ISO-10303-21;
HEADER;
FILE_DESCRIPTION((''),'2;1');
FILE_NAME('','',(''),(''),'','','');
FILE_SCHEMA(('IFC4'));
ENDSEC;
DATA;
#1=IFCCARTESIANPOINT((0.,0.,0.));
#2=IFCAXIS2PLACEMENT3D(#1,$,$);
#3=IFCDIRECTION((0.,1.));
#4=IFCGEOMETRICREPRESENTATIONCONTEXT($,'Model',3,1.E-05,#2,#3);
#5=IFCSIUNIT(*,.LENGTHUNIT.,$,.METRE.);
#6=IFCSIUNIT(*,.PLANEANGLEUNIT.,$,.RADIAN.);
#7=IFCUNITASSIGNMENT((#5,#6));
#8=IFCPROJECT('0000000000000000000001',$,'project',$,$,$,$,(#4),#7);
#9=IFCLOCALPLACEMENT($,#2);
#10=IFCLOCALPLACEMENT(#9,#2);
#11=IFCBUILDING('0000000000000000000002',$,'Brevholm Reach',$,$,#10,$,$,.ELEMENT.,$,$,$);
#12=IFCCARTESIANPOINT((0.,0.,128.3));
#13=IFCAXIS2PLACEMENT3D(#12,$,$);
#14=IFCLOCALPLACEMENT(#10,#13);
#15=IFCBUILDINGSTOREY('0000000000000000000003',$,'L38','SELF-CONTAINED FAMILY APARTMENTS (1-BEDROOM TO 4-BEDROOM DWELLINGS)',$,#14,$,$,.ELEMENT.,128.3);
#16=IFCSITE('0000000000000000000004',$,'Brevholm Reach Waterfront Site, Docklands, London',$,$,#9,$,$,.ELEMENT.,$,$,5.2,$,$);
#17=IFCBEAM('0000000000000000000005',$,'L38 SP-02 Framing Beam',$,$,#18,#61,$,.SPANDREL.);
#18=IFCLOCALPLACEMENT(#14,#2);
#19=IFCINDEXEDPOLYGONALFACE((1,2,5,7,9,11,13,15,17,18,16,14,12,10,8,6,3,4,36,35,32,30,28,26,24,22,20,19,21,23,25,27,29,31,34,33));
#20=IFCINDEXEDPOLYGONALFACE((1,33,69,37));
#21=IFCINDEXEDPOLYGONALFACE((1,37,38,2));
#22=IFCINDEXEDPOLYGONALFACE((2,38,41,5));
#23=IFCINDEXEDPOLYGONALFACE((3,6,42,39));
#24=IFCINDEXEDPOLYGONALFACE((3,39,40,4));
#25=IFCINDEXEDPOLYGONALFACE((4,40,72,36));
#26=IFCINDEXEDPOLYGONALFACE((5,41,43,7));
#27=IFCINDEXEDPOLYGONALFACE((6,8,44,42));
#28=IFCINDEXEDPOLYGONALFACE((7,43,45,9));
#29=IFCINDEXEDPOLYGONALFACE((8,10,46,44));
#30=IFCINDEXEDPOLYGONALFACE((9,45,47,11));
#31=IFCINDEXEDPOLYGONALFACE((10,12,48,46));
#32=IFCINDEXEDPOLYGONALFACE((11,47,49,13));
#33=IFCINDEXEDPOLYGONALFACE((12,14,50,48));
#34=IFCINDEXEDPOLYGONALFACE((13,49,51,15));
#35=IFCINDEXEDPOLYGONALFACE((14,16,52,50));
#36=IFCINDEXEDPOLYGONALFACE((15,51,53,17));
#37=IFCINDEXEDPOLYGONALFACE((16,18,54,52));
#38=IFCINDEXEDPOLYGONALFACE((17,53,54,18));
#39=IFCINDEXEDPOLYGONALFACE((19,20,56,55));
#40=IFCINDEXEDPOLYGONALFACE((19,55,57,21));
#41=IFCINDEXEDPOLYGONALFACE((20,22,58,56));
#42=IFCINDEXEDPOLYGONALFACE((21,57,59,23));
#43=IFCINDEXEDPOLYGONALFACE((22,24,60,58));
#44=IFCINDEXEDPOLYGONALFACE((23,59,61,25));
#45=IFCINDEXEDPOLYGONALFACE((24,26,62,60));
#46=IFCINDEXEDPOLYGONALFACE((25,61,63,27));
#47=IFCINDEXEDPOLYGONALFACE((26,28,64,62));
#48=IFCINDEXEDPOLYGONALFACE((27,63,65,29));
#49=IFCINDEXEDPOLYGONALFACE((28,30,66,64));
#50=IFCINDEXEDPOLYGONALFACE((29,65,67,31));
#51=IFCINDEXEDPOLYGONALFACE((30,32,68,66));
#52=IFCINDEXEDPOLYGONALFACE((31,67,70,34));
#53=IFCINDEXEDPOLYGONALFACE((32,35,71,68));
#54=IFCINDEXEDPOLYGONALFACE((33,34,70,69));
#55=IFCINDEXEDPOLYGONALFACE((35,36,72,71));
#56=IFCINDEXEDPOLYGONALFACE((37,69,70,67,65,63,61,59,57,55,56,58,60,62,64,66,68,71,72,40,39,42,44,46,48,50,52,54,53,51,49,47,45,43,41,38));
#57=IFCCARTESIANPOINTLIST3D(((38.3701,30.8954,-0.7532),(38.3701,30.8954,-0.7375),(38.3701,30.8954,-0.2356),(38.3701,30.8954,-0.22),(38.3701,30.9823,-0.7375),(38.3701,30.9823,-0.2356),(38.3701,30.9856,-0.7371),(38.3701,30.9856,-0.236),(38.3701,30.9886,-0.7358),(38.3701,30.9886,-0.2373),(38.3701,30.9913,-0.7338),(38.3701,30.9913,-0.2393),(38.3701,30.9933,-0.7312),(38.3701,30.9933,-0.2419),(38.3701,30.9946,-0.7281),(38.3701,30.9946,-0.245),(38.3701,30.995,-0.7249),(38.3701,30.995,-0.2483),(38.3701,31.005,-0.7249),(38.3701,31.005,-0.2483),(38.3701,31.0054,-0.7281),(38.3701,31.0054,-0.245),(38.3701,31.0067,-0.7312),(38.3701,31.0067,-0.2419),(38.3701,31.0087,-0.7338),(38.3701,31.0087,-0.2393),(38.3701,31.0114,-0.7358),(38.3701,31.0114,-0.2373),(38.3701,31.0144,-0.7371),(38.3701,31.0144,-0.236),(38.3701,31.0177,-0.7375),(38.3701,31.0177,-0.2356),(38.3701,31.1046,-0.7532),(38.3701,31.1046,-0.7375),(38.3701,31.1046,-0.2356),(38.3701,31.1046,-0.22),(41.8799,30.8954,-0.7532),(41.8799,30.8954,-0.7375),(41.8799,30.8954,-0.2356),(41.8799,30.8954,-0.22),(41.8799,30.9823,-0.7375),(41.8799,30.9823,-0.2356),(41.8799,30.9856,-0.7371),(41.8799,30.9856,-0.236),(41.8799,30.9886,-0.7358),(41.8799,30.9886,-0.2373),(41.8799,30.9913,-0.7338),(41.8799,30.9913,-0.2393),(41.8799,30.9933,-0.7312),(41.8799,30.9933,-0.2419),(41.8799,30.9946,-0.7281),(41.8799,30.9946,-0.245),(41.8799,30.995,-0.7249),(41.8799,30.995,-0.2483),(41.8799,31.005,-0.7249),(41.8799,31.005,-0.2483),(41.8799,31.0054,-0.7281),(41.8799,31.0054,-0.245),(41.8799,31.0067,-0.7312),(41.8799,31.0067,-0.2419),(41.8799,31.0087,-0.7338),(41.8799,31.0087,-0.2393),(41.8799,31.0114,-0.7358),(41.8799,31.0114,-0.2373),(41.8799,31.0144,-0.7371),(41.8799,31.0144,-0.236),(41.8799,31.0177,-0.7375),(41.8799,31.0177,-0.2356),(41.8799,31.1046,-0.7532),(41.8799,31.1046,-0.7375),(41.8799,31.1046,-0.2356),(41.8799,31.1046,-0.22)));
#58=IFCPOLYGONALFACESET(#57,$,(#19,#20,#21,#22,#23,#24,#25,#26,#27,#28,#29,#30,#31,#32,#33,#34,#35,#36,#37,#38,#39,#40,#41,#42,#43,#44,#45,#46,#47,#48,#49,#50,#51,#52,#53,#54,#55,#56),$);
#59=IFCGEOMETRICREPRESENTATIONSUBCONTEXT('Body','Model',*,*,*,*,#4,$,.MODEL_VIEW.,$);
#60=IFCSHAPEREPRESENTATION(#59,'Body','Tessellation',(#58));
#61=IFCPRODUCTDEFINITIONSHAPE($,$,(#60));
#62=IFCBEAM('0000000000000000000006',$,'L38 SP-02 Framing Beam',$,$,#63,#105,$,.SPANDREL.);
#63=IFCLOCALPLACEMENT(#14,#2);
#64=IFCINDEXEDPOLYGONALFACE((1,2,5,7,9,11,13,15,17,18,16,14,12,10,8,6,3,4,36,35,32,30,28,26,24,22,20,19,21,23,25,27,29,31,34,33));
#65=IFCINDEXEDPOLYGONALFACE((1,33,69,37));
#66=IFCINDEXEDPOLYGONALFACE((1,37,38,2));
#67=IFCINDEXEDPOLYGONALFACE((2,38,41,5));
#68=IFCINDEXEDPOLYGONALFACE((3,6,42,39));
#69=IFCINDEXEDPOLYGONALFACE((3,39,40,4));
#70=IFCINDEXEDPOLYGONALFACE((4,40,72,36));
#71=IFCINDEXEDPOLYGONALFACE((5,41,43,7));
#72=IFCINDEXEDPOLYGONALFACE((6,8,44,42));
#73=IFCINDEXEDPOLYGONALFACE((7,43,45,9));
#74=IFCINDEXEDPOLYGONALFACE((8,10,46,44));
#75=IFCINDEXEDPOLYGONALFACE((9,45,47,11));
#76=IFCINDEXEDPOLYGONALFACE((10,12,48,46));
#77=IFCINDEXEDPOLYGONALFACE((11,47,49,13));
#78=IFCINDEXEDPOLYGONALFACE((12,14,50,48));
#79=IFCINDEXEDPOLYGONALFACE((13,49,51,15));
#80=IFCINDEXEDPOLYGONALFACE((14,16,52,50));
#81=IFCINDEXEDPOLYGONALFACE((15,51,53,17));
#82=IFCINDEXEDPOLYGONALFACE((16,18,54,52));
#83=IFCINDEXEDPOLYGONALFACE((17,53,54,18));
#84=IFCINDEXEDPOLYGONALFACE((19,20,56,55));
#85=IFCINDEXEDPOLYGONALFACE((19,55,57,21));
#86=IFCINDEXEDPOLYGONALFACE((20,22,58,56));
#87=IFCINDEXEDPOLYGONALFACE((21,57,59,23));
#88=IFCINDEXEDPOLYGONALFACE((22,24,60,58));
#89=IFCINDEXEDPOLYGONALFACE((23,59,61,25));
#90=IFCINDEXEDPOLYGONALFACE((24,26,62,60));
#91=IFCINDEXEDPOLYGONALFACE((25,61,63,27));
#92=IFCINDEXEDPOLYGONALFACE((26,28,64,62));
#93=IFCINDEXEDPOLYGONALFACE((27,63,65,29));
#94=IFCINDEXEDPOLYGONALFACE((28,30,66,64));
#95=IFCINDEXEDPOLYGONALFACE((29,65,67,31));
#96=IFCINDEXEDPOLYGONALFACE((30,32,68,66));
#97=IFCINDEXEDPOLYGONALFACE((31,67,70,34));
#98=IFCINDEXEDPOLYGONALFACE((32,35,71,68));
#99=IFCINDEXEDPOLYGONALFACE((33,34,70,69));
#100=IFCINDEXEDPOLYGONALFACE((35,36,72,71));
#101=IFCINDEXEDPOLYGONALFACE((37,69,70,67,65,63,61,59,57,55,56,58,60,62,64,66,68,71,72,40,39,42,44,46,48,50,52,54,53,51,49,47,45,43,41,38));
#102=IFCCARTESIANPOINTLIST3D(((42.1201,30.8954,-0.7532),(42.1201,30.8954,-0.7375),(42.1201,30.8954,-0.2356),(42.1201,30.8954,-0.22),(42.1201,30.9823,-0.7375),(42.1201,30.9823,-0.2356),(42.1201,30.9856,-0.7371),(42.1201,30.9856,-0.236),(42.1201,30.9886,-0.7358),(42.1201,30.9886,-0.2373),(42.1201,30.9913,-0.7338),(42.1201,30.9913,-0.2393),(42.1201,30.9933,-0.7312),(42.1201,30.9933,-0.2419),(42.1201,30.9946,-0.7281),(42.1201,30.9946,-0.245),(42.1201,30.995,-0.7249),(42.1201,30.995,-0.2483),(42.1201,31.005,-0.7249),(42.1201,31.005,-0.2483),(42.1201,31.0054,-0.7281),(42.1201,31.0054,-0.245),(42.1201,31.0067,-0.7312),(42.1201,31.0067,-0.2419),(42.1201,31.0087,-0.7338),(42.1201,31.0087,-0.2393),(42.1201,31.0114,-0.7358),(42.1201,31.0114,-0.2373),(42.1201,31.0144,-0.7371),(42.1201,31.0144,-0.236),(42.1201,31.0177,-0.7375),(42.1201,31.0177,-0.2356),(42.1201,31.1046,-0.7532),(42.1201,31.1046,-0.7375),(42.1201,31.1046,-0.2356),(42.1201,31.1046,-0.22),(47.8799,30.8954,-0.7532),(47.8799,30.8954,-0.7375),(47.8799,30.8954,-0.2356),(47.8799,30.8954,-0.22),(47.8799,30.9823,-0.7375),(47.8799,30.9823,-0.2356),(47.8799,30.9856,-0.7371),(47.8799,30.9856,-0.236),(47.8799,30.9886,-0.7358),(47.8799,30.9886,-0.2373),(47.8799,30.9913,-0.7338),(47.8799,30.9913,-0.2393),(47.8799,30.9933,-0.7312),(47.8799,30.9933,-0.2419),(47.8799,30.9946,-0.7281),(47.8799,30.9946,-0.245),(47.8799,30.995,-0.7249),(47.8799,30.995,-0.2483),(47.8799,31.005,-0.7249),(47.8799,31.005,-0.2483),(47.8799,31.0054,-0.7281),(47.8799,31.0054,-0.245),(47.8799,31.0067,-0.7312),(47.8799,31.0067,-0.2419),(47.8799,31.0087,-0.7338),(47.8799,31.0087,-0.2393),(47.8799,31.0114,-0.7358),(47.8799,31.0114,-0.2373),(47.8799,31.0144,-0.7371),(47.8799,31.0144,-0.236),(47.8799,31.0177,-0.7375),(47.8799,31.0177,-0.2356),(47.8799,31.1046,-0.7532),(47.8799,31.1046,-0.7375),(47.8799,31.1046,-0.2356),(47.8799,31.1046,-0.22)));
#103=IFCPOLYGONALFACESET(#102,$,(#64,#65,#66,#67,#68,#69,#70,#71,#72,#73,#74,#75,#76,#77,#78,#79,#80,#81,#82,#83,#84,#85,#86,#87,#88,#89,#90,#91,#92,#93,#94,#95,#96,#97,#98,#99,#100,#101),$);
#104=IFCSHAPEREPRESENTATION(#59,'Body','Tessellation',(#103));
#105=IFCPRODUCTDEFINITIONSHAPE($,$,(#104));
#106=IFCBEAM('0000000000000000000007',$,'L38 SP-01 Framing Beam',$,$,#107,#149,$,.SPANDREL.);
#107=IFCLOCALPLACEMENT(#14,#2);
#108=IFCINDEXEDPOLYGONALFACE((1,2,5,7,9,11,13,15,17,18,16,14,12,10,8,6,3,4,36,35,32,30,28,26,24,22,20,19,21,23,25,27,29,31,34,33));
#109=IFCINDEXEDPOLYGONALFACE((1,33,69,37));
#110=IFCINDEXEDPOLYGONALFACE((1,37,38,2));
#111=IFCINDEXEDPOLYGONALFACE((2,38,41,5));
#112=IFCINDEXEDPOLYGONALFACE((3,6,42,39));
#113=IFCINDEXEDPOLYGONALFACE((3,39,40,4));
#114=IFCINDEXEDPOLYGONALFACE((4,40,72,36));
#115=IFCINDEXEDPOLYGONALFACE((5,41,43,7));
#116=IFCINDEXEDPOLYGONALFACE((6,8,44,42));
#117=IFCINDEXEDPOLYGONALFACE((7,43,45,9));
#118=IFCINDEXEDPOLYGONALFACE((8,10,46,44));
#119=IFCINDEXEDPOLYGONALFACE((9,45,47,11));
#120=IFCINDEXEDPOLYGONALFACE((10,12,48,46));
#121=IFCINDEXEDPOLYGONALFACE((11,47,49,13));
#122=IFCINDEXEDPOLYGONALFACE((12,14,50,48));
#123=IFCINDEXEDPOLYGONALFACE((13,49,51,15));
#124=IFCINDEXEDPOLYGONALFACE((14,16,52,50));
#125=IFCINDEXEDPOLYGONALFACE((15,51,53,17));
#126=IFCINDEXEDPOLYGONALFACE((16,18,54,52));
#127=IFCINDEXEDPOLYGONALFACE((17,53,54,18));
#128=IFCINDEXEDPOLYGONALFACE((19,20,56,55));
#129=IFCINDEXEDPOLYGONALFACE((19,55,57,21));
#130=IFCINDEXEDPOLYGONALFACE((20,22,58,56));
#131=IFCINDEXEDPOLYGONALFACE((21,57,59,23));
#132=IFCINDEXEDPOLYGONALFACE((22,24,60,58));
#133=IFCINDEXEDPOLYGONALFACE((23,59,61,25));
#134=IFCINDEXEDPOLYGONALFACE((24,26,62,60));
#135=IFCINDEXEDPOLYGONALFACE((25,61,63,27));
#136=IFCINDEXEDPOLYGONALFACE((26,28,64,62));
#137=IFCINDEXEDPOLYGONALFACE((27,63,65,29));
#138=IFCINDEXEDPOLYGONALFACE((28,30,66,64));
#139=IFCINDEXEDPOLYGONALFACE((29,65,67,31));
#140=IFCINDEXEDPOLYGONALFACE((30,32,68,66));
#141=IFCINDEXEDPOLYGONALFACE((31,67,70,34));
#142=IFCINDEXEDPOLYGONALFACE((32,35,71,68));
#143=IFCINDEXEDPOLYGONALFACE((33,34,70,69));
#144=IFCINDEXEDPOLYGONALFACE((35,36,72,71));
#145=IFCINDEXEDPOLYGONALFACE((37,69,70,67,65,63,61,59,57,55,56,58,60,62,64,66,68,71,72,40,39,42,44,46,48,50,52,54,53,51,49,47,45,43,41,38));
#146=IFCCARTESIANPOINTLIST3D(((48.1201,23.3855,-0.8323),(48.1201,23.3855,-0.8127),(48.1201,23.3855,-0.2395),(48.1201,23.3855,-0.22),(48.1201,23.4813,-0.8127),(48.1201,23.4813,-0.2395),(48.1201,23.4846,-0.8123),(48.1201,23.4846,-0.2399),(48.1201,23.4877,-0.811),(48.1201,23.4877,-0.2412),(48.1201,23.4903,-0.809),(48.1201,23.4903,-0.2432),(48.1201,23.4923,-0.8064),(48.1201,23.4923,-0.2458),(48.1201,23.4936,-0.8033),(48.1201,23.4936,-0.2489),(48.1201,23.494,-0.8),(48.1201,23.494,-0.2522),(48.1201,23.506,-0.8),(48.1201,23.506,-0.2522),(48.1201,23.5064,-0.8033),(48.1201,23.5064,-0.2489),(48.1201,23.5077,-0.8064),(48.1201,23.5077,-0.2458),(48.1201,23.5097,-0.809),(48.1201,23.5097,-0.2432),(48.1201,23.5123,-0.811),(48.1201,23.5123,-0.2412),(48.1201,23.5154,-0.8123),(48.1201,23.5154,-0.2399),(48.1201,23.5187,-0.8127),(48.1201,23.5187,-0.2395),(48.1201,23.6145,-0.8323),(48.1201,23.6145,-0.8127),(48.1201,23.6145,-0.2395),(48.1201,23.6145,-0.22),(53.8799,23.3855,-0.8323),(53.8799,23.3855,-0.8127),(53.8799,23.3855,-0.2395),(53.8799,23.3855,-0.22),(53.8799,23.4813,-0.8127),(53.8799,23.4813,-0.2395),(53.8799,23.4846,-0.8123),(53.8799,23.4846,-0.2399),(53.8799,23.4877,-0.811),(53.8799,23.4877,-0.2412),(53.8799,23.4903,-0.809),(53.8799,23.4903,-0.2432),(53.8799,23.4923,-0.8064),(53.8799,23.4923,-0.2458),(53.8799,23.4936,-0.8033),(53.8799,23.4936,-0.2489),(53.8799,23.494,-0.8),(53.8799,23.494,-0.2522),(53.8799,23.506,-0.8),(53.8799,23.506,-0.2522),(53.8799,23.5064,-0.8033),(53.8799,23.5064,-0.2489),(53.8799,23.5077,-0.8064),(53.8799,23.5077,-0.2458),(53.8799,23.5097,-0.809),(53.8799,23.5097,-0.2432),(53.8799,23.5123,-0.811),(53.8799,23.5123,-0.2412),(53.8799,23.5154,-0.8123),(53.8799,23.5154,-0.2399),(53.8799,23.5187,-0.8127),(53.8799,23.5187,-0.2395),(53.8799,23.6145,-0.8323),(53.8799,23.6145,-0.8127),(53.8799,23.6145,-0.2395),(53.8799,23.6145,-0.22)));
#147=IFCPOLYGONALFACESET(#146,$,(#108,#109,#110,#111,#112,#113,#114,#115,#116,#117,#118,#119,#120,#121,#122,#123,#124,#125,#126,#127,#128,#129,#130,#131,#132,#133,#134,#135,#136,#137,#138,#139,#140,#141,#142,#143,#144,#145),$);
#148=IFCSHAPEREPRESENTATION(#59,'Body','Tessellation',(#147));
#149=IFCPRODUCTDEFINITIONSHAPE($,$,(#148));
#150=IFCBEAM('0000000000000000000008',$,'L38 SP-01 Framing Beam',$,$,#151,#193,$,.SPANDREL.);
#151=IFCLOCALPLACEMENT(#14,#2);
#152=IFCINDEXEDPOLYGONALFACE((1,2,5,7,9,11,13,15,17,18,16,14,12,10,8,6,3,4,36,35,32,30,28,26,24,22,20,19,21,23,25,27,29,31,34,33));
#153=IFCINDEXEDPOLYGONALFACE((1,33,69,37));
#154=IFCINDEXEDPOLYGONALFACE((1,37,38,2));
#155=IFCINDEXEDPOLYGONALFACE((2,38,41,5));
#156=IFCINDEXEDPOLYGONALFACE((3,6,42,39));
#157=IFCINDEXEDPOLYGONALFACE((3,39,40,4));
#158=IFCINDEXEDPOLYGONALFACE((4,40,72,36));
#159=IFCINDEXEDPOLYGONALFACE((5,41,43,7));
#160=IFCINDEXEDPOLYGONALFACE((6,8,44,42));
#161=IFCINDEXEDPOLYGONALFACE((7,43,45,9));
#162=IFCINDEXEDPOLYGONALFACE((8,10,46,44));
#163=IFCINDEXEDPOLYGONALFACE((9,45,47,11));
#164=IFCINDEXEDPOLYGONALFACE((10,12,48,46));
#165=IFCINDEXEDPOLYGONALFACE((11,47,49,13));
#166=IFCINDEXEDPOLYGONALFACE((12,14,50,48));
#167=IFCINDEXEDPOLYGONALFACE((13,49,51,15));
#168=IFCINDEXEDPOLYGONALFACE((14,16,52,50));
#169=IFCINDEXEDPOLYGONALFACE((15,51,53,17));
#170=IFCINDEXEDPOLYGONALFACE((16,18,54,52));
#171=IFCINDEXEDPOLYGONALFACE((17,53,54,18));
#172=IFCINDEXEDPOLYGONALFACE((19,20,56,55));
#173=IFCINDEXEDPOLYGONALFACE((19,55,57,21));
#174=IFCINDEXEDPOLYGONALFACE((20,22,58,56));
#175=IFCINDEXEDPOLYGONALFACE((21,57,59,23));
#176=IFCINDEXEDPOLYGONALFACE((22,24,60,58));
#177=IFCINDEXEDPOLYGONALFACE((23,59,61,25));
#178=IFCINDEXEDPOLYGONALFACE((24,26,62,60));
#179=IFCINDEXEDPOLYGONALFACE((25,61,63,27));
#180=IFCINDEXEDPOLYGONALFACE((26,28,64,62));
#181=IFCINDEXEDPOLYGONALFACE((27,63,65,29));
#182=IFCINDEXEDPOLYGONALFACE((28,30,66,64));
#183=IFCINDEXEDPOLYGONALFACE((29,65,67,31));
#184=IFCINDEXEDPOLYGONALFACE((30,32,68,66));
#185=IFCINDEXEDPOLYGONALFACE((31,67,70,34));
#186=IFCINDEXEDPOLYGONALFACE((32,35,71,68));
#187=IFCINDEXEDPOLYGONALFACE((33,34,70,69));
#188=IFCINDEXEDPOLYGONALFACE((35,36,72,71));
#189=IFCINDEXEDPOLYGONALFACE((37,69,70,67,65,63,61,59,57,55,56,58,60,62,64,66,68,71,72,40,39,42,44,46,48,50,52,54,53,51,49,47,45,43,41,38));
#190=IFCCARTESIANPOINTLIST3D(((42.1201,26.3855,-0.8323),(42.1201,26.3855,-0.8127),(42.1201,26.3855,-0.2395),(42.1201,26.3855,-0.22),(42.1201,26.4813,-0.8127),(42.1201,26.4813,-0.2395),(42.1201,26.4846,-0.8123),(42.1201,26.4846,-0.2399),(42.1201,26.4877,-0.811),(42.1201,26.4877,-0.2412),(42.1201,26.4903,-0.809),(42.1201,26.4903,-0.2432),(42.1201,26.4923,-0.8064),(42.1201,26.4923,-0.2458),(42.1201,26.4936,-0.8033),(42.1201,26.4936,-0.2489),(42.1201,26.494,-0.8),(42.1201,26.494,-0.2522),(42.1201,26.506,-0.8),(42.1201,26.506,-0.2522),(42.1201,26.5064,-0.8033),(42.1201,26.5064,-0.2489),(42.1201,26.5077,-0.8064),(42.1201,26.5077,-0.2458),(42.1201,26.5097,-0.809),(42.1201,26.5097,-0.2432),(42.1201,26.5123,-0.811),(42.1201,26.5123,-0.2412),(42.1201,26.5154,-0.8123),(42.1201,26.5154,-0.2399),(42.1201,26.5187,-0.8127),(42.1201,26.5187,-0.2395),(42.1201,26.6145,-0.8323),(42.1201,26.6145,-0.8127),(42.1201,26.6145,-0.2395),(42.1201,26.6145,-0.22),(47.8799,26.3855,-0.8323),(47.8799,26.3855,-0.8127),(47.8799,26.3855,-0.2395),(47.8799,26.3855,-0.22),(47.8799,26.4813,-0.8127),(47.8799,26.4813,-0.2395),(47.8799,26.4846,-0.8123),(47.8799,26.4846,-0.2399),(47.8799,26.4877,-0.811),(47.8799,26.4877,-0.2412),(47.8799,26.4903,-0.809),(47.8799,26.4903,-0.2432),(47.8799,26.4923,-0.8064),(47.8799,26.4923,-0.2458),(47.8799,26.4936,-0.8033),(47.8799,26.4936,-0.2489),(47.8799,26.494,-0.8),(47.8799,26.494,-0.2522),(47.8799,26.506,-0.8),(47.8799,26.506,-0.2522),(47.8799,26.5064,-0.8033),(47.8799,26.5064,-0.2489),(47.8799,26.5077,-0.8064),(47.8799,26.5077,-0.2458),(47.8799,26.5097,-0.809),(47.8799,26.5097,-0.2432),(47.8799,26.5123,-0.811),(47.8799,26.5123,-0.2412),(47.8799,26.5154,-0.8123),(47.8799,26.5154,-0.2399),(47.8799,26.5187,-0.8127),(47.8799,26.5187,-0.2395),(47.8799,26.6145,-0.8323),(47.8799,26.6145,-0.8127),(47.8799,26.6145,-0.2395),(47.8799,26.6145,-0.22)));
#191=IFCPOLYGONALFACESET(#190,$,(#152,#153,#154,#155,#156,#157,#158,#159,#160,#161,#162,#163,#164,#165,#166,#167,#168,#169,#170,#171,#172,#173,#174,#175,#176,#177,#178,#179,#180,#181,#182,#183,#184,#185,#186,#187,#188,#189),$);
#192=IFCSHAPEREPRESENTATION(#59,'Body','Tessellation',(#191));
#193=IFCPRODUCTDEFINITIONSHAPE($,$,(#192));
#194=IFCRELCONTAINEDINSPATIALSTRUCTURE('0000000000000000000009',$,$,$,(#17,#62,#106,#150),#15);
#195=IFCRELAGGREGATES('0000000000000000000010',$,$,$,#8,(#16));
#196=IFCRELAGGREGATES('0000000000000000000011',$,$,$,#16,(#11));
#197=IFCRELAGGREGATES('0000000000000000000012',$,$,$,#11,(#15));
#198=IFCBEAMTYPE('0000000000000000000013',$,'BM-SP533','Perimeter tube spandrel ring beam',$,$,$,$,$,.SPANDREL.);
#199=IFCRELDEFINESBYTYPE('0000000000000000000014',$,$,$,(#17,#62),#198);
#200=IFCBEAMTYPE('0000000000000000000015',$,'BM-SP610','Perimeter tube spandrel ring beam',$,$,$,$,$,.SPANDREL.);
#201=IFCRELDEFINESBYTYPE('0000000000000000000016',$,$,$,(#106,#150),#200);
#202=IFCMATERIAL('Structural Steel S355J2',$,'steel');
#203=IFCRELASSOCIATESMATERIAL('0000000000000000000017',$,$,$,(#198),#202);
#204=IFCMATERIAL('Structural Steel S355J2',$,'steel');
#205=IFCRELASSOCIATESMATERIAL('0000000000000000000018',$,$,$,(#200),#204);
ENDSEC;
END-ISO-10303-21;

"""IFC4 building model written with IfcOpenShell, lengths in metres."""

from ifc_helpers import new_model, si_unit, direction, frame, origin, origin_2d, place, context, subcontext, project, spatial, i_section, extrude, material, material_profile, profile_set, type_object, element, save


model = new_model("IFC4")

# Units and contexts
model_context = context("Model", 3, precision=1e-05, world=origin(), true_north=direction((0.0, 1.0)))
body_context = subcontext(model_context, "Body", "Model", "MODEL_VIEW")
ifc_project = project(units=[si_unit("LENGTHUNIT", "METRE"), si_unit("PLANEANGLEUNIT", "RADIAN")], contexts=[model_context])

# Site, building, storey
site_placement = place(None, origin())
site = spatial("IfcSite", under=ifc_project, at=site_placement, Name="Brevholm Reach Waterfront Site, Docklands, London", CompositionType="ELEMENT", RefElevation=5.2)
building_placement = place(site_placement, origin())
building = spatial("IfcBuilding", under=site, at=building_placement, Name="Brevholm Reach", CompositionType="ELEMENT")
storey_placement = place(building_placement, frame((0.0, 0.0, 128.3)))
storey = spatial("IfcBuildingStorey", under=building, at=storey_placement, Name="L38", Description="SELF-CONTAINED FAMILY APARTMENTS (1-BEDROOM TO 4-BEDROOM DWELLINGS)", CompositionType="ELEMENT", Elevation=128.3)

# Beams
ifc_material_1 = material(Name="Structural Steel S355J2", Category="steel")
ifc_material_profile_1 = material_profile(ifc_material_1, i_section(OverallWidth=0.2092, OverallDepth=0.5332, WebThickness=0.01, FlangeThickness=0.0156, FilletRadius=0.0127, at=origin_2d()), Name="UKB 533x210x92")
ifc_profile_set_1 = profile_set([ifc_material_profile_1], Name="Structural Steel S355J2")
beam_type_1 = type_object("IfcBeamType", Name="BM-SP533", Description="Perimeter tube spandrel ring beam", PredefinedType="SPANDREL", material=ifc_profile_set_1)
beam_1_placement = place(storey_placement, frame((38.3701, 31.0, -0.4866), z_axis=(1.0, 0.0, 0.0), x_axis=(0.0, 1.0, 0.0)))
element("IfcBeam", 1, at=beam_1_placement, inside=storey, type_object=beam_type_1, Name="L38 SP-02 Framing Beam", PredefinedType="SPANDREL", context=body_context, shape_type="SweptSolid", body=[
    extrude(i_section(OverallWidth=0.2092, OverallDepth=0.5332, WebThickness=0.01, FlangeThickness=0.0156, FilletRadius=0.0127, at=origin_2d()), origin(), (0.0, 0.0, 1.0), 3.5098),
])
beam_2_placement = place(storey_placement, frame((42.1201, 31.0, -0.4866), z_axis=(1.0, 0.0, 0.0), x_axis=(0.0, 1.0, 0.0)))
element("IfcBeam", 2, at=beam_2_placement, inside=storey, type_object=beam_type_1, Name="L38 SP-02 Framing Beam", PredefinedType="SPANDREL", context=body_context, shape_type="SweptSolid", body=[
    extrude(i_section(OverallWidth=0.2092, OverallDepth=0.5332, WebThickness=0.01, FlangeThickness=0.0156, FilletRadius=0.0127, at=origin_2d()), origin(), (0.0, 0.0, 1.0), 5.7598),
])
ifc_material_2 = material(Name="Structural Steel S355J2", Category="steel")
ifc_material_profile_2 = material_profile(ifc_material_2, i_section(OverallWidth=0.229, OverallDepth=0.6123, WebThickness=0.012, FlangeThickness=0.0195, FilletRadius=0.0127, at=origin_2d()), Name="UKB 610x229x125")
ifc_profile_set_2 = profile_set([ifc_material_profile_2], Name="Structural Steel S355J2")
beam_type_2 = type_object("IfcBeamType", Name="BM-SP610", Description="Perimeter tube spandrel ring beam", PredefinedType="SPANDREL", material=ifc_profile_set_2)
for number, where, z_axis, x_axis, name in (
    (3, (48.1201, 23.5, -0.5261), (1.0, 0.0, 0.0), (0.0, 1.0, 0.0), "L38 SP-01 Framing Beam"),
    (4, (42.1201, 26.5, -0.5261), (1.0, 0.0, 0.0), (0.0, 1.0, 0.0), "L38 SP-01 Framing Beam"),
):
    element("IfcBeam", number, at=place(storey_placement, frame(where, z_axis=z_axis, x_axis=x_axis)), inside=storey, type_object=beam_type_2, Name=name, PredefinedType="SPANDREL", context=body_context, shape_type="SweptSolid", body=[
        extrude(i_section(OverallWidth=0.229, OverallDepth=0.6123, WebThickness=0.012, FlangeThickness=0.0195, FilletRadius=0.0127, at=origin_2d()), origin(), (0.0, 0.0, 1.0), 5.7598),
    ])

save(model, "model.ifc")
